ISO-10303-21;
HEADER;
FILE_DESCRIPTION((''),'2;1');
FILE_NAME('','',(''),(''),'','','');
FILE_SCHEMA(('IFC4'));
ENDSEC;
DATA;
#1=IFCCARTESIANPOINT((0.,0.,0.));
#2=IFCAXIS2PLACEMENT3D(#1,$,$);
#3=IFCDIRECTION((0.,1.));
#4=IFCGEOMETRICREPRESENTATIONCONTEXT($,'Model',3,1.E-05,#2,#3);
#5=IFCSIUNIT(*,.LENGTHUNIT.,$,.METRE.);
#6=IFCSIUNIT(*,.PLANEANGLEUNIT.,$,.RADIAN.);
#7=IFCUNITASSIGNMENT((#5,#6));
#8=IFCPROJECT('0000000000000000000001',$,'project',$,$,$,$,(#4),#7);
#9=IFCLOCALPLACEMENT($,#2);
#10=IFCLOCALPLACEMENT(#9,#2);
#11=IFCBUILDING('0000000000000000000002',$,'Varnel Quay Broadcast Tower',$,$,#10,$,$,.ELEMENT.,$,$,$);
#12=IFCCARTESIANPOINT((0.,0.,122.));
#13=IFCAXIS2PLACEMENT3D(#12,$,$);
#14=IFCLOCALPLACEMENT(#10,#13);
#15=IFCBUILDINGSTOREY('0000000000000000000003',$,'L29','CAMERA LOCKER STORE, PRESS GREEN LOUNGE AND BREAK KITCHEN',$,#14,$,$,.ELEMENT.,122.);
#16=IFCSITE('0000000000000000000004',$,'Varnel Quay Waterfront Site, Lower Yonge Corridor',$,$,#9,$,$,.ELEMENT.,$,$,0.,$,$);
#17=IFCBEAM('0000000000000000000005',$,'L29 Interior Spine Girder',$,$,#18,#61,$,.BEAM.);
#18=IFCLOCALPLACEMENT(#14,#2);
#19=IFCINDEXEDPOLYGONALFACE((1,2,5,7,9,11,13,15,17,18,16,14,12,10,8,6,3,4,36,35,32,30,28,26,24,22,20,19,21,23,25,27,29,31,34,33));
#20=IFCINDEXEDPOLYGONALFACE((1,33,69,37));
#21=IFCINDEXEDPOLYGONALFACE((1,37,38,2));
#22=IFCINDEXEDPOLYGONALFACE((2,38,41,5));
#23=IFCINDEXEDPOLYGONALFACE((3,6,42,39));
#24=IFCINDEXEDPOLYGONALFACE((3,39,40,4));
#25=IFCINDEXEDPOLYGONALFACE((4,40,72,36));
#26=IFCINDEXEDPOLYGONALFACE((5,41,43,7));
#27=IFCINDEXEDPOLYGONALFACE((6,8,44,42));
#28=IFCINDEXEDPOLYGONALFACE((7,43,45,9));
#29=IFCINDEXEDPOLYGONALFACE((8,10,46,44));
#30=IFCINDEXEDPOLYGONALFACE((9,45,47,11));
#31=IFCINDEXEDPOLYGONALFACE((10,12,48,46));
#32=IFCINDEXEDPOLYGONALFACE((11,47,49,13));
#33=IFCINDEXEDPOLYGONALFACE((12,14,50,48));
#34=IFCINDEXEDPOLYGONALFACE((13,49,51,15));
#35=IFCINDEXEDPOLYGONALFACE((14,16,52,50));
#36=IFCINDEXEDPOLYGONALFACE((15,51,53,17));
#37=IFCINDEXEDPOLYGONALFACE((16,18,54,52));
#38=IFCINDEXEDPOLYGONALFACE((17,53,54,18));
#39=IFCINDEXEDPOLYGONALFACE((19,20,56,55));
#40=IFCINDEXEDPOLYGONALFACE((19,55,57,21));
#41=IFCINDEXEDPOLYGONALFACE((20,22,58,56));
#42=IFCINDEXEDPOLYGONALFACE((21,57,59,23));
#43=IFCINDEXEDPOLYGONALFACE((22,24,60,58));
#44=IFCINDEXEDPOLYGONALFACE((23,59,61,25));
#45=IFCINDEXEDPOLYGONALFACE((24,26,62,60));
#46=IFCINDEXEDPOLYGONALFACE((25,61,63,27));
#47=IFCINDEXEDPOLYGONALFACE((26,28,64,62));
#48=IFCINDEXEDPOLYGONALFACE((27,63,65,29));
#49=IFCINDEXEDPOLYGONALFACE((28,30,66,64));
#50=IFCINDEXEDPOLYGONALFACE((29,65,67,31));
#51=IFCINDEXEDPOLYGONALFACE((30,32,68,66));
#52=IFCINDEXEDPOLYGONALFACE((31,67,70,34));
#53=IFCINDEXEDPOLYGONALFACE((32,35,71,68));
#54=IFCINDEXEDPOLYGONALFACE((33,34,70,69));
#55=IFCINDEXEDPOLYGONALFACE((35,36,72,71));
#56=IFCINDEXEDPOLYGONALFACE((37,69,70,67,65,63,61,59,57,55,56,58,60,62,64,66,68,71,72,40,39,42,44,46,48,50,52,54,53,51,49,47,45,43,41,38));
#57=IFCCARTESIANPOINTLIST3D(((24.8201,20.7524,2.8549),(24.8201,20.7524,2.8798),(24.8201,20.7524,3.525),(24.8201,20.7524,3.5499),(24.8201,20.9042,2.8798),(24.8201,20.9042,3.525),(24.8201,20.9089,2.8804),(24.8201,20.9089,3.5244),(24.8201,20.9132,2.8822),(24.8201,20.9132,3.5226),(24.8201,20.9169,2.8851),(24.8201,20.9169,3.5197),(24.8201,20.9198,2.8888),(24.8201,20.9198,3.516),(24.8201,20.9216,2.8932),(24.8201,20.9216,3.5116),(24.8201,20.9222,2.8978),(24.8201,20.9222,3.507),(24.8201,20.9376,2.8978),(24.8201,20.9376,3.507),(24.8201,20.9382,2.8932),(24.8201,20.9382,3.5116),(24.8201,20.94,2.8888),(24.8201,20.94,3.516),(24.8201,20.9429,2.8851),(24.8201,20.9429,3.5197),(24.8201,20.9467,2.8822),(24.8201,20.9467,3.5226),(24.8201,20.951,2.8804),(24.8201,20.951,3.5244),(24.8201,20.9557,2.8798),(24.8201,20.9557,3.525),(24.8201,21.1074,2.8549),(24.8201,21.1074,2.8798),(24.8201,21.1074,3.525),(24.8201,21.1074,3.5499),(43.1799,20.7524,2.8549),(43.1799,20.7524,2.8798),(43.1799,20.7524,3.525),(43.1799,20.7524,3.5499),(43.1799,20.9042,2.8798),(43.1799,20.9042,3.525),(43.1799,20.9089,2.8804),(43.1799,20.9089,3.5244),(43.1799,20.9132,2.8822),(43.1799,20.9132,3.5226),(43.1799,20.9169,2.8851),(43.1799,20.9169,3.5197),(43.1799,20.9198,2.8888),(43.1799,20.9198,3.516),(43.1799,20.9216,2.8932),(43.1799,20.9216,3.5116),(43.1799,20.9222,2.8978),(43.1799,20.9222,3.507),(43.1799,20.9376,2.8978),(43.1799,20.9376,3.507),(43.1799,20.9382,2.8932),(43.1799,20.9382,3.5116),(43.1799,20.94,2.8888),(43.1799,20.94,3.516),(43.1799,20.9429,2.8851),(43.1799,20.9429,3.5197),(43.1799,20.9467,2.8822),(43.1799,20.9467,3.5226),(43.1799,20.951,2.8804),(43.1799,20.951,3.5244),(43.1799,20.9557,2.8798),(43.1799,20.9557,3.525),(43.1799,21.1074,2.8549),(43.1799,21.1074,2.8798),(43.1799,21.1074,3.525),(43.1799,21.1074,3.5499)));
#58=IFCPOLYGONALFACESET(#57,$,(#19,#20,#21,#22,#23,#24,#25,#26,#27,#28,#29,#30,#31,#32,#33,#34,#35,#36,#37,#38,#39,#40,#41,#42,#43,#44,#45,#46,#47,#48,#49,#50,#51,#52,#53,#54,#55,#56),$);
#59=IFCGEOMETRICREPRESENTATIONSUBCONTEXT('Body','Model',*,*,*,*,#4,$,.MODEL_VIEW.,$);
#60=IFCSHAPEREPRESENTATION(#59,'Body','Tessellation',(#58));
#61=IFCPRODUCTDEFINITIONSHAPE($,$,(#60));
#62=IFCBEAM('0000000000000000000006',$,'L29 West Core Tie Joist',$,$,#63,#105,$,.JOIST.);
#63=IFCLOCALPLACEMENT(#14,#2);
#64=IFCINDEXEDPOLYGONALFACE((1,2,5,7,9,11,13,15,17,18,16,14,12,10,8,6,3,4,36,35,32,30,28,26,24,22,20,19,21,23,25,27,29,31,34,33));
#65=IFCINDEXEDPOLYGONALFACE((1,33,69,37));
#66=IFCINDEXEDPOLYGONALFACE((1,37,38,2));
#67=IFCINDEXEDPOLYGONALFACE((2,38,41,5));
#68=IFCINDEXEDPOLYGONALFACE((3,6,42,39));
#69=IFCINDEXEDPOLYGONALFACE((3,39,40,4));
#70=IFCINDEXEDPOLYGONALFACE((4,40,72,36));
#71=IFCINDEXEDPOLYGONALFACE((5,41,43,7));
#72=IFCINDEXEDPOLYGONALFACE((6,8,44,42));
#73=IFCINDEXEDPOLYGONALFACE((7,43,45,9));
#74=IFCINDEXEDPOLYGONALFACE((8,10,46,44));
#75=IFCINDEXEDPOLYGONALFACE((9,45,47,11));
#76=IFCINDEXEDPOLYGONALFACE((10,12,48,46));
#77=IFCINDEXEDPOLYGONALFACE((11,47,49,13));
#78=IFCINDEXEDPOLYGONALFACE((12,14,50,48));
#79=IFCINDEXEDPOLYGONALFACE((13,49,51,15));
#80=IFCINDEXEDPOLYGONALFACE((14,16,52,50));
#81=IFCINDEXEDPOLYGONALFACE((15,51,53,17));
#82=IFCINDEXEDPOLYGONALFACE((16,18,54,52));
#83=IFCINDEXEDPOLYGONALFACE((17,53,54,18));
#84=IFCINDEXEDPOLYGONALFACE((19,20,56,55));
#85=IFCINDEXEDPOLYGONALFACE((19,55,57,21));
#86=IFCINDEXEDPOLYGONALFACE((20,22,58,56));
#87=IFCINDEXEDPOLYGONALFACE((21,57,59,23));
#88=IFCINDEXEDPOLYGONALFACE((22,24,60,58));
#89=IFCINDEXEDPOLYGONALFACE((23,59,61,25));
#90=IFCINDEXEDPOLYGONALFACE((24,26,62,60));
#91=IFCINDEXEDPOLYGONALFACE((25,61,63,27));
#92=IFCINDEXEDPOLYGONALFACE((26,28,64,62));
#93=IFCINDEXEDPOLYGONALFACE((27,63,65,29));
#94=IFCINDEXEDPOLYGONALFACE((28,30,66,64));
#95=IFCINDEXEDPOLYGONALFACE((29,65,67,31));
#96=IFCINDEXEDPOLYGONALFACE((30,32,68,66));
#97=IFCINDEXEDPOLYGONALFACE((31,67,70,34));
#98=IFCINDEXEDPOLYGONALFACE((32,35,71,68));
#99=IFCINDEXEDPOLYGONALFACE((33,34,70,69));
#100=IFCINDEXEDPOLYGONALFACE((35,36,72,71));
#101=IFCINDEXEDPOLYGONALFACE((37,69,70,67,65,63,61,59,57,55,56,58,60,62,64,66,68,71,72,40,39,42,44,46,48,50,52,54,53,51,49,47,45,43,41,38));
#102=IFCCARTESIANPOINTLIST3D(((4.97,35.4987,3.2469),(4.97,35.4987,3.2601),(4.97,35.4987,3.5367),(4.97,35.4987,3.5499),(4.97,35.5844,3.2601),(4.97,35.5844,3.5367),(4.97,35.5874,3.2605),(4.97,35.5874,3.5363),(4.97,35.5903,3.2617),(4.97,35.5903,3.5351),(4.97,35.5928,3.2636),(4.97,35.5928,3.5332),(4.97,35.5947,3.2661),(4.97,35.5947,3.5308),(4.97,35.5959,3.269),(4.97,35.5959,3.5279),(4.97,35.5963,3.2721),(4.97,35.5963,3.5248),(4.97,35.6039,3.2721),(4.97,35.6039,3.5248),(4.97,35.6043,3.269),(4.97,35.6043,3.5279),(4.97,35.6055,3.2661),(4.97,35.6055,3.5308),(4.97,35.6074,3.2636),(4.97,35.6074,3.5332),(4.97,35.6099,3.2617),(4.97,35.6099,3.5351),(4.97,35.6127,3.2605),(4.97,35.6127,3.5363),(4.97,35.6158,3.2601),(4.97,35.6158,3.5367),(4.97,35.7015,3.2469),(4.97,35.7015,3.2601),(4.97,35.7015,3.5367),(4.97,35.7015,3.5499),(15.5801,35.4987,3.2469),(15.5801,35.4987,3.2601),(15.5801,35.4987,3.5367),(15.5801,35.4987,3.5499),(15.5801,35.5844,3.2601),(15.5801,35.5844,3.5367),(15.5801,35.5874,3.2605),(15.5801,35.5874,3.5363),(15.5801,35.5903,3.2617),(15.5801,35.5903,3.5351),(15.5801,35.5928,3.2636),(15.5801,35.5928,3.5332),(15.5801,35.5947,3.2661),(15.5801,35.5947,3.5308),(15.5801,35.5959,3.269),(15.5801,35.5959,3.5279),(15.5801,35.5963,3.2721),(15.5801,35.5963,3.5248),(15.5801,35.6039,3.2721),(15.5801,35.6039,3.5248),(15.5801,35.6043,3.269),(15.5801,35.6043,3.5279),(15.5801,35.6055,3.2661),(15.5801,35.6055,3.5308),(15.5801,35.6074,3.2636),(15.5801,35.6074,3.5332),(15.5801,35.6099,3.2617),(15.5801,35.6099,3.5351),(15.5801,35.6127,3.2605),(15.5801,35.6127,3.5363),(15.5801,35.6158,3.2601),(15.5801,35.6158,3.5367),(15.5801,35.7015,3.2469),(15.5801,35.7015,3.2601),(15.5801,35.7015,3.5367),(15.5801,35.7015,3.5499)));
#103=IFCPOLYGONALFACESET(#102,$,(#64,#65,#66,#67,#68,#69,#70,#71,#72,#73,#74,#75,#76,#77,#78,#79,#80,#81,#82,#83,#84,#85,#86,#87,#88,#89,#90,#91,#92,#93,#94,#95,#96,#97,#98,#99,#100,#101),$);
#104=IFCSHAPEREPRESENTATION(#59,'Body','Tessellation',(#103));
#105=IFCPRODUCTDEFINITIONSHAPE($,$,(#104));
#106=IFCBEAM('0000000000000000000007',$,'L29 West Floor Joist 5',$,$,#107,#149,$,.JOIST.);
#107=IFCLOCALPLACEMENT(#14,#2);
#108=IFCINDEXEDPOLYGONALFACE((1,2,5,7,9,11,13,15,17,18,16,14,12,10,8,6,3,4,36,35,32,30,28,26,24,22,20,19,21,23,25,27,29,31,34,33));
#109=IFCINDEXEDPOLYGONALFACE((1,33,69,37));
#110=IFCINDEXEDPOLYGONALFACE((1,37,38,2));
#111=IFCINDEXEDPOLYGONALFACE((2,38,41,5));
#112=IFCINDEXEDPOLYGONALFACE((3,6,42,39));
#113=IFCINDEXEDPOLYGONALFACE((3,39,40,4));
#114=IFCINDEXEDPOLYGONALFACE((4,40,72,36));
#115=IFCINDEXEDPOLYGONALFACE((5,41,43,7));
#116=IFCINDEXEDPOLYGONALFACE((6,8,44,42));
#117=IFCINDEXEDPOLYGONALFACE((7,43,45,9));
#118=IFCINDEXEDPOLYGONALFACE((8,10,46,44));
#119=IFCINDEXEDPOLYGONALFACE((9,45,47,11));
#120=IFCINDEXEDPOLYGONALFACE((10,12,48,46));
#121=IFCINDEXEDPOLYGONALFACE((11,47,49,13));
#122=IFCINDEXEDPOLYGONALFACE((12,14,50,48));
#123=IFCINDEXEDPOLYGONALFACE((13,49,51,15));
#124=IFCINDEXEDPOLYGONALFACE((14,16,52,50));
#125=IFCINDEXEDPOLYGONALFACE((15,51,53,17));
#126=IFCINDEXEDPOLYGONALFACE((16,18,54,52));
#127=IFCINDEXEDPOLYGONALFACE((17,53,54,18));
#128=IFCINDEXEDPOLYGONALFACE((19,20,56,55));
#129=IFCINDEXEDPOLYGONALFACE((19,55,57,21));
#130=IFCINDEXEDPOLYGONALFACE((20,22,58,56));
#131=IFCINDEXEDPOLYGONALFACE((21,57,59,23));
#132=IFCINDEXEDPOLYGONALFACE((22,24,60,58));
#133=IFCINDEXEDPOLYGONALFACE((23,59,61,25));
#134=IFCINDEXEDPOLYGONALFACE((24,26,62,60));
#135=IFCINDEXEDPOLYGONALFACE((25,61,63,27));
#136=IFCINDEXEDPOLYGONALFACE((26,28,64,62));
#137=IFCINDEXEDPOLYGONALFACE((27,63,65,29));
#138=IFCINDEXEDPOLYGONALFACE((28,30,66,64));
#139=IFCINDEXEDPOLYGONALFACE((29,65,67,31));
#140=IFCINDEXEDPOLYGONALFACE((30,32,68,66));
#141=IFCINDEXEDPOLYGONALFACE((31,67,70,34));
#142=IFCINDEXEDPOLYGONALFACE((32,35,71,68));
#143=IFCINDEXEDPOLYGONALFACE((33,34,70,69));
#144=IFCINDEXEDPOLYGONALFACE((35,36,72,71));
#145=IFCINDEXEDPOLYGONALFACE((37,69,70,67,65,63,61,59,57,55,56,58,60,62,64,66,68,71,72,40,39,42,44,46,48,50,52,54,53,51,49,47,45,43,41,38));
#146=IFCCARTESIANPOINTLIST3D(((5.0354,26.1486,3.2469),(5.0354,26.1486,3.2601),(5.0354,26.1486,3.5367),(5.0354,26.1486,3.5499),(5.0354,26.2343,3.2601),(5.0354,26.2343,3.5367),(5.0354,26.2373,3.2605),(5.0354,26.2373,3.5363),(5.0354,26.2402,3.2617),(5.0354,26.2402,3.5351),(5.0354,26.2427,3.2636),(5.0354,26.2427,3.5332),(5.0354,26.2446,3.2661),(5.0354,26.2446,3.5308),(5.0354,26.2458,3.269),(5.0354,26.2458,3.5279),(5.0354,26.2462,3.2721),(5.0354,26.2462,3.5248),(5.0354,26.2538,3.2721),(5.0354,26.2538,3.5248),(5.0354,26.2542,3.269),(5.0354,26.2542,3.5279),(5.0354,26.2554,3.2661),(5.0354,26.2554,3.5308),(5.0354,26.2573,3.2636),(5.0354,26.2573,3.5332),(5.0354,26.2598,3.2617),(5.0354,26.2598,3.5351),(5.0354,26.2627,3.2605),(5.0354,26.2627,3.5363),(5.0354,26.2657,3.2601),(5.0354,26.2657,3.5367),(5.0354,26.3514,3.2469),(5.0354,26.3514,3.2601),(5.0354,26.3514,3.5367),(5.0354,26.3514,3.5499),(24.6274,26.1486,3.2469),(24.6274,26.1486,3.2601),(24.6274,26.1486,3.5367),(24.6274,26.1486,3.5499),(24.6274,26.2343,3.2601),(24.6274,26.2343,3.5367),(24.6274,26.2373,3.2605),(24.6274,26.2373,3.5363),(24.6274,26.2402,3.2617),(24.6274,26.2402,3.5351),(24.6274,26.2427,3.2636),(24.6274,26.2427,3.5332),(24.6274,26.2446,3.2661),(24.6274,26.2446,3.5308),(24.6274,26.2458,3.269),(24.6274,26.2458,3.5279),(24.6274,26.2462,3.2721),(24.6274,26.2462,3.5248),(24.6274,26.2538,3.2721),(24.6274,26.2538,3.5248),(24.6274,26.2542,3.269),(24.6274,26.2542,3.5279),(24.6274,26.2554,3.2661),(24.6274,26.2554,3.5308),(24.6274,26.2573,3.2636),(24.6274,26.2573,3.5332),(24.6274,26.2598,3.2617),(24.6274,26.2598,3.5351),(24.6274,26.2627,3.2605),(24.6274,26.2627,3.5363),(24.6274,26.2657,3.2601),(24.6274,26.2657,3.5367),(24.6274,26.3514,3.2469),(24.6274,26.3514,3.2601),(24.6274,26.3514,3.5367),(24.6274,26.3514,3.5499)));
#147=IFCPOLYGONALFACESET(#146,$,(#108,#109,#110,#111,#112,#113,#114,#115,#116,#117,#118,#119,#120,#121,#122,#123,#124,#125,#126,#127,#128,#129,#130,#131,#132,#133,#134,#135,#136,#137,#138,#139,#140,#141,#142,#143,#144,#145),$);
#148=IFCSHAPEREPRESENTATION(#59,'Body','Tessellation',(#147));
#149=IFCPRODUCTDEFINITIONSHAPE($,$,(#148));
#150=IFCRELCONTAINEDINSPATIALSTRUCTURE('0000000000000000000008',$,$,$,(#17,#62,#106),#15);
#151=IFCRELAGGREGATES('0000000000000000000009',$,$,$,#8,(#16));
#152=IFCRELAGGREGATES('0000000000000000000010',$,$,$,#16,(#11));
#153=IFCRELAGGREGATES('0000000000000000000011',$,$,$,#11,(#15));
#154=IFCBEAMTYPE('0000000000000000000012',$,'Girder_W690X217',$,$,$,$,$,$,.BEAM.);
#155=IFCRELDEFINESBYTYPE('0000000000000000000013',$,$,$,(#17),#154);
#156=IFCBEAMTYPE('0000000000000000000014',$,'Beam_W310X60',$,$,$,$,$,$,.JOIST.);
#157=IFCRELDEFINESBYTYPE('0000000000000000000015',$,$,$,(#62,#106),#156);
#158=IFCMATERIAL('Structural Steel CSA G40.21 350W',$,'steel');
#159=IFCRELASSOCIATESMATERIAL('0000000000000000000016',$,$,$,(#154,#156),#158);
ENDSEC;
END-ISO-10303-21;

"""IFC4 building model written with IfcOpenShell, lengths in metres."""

from ifc_helpers import new_model, si_unit, direction, frame, origin, origin_2d, place, context, subcontext, project, spatial, i_section, extrude, source, transform, mapped, material, material_profile, profile_set, type_object, element, save


model = new_model("IFC4")

# Units and contexts
model_context = context("Model", 3, precision=1e-05, world=origin(), true_north=direction((0.0, 1.0)))
body_context = subcontext(model_context, "Body", "Model", "MODEL_VIEW")
ifc_project = project(units=[si_unit("LENGTHUNIT", "METRE"), si_unit("PLANEANGLEUNIT", "RADIAN")], contexts=[model_context])

# Site, building, storey
site_placement = place(None, origin())
site = spatial("IfcSite", under=ifc_project, at=site_placement, Name="Varnel Quay Waterfront Site, Lower Yonge Corridor", CompositionType="ELEMENT", RefElevation=0.0)
building_placement = place(site_placement, origin())
building = spatial("IfcBuilding", under=site, at=building_placement, Name="Varnel Quay Broadcast Tower", CompositionType="ELEMENT")
storey_placement = place(building_placement, frame((0.0, 0.0, 122.0)))
storey = spatial("IfcBuildingStorey", under=building, at=storey_placement, Name="L29", Description="CAMERA LOCKER STORE, PRESS GREEN LOUNGE AND BREAK KITCHEN", CompositionType="ELEMENT", Elevation=122.0)

# Shared definitions
ifc_material_1 = material(Name="Structural Steel CSA G40.21 350W", Category="steel")

# Beams
ifc_material_profile_1 = material_profile(ifc_material_1, i_section(OverallWidth=0.355, OverallDepth=0.6951, WebThickness=0.0154, FlangeThickness=0.0249, FilletRadius=0.0181, at=origin_2d()), Name="W690X217")
ifc_profile_set_1 = profile_set([ifc_material_profile_1], Name="Structural Steel CSA G40.21 350W")
beam_type_1 = type_object("IfcBeamType", Name="Girder_W690X217", PredefinedType="BEAM", material=ifc_profile_set_1)
shared_shape_1 = source(origin(), body_context, "Body", "SweptSolid", [
    extrude(i_section(OverallWidth=0.355, OverallDepth=0.6951, WebThickness=0.0154, FlangeThickness=0.0249, FilletRadius=0.0181, at=origin_2d()), origin(), (0.0, 0.0, 1.0), 18.3599),
])
beam_1_placement = place(storey_placement, frame((24.8201, 20.9299, 3.2024), z_axis=(1.0, 0.0, 0.0), x_axis=(0.0, 1.0, 0.0)))
element("IfcBeam", 1, at=beam_1_placement, inside=storey, type_object=beam_type_1, Name="L29 Interior Spine Girder", PredefinedType="BEAM", context=body_context, shape_type="MappedRepresentation", body=[
    mapped(shared_shape_1, transform((0.0, 0.0, 0.0), x_axis=(1.0, 0.0, 0.0), y_axis=(0.0, 1.0, 0.0), z_axis=(0.0, 0.0, 1.0), scale=1.0)),
])
ifc_material_profile_2 = material_profile(ifc_material_1, i_section(OverallWidth=0.2029, OverallDepth=0.303, WebThickness=0.0076, FlangeThickness=0.0132, FilletRadius=0.012, at=origin_2d()), Name="W310X60")
ifc_profile_set_2 = profile_set([ifc_material_profile_2], Name="Structural Steel CSA G40.21 350W")
beam_type_2 = type_object("IfcBeamType", Name="Beam_W310X60", PredefinedType="JOIST", material=ifc_profile_set_2)
shared_shape_2 = source(origin(), body_context, "Body", "SweptSolid", [
    extrude(i_section(OverallWidth=0.2029, OverallDepth=0.303, WebThickness=0.0076, FlangeThickness=0.0132, FilletRadius=0.012, at=origin_2d()), origin(), (0.0, 0.0, 1.0), 10.6101),
])
beam_2_placement = place(storey_placement, frame((4.97, 35.6001, 3.3984), z_axis=(1.0, 0.0, 0.0), x_axis=(0.0, 1.0, 0.0)))
element("IfcBeam", 2, at=beam_2_placement, inside=storey, type_object=beam_type_2, Name="L29 West Core Tie Joist", PredefinedType="JOIST", context=body_context, shape_type="MappedRepresentation", body=[
    mapped(shared_shape_2, transform((0.0, 0.0, 0.0), x_axis=(1.0, 0.0, 0.0), y_axis=(0.0, 1.0, 0.0), z_axis=(0.0, 0.0, 1.0), scale=1.0)),
])
shared_shape_3 = source(origin(), body_context, "Body", "SweptSolid", [
    extrude(i_section(OverallWidth=0.2029, OverallDepth=0.303, WebThickness=0.0076, FlangeThickness=0.0132, FilletRadius=0.012, at=origin_2d()), origin(), (0.0, 0.0, 1.0), 19.592),
])
beam_3_placement = place(storey_placement, frame((5.0354, 26.25, 3.3984), z_axis=(1.0, 0.0, 0.0), x_axis=(0.0, 1.0, 0.0)))
element("IfcBeam", 3, at=beam_3_placement, inside=storey, type_object=beam_type_2, Name="L29 West Floor Joist 5", PredefinedType="JOIST", context=body_context, shape_type="MappedRepresentation", body=[
    mapped(shared_shape_3, transform((0.0, 0.0, 0.0), x_axis=(1.0, 0.0, 0.0), y_axis=(0.0, 1.0, 0.0), z_axis=(0.0, 0.0, 1.0), scale=1.0)),
])

save(model, "model.ifc")
